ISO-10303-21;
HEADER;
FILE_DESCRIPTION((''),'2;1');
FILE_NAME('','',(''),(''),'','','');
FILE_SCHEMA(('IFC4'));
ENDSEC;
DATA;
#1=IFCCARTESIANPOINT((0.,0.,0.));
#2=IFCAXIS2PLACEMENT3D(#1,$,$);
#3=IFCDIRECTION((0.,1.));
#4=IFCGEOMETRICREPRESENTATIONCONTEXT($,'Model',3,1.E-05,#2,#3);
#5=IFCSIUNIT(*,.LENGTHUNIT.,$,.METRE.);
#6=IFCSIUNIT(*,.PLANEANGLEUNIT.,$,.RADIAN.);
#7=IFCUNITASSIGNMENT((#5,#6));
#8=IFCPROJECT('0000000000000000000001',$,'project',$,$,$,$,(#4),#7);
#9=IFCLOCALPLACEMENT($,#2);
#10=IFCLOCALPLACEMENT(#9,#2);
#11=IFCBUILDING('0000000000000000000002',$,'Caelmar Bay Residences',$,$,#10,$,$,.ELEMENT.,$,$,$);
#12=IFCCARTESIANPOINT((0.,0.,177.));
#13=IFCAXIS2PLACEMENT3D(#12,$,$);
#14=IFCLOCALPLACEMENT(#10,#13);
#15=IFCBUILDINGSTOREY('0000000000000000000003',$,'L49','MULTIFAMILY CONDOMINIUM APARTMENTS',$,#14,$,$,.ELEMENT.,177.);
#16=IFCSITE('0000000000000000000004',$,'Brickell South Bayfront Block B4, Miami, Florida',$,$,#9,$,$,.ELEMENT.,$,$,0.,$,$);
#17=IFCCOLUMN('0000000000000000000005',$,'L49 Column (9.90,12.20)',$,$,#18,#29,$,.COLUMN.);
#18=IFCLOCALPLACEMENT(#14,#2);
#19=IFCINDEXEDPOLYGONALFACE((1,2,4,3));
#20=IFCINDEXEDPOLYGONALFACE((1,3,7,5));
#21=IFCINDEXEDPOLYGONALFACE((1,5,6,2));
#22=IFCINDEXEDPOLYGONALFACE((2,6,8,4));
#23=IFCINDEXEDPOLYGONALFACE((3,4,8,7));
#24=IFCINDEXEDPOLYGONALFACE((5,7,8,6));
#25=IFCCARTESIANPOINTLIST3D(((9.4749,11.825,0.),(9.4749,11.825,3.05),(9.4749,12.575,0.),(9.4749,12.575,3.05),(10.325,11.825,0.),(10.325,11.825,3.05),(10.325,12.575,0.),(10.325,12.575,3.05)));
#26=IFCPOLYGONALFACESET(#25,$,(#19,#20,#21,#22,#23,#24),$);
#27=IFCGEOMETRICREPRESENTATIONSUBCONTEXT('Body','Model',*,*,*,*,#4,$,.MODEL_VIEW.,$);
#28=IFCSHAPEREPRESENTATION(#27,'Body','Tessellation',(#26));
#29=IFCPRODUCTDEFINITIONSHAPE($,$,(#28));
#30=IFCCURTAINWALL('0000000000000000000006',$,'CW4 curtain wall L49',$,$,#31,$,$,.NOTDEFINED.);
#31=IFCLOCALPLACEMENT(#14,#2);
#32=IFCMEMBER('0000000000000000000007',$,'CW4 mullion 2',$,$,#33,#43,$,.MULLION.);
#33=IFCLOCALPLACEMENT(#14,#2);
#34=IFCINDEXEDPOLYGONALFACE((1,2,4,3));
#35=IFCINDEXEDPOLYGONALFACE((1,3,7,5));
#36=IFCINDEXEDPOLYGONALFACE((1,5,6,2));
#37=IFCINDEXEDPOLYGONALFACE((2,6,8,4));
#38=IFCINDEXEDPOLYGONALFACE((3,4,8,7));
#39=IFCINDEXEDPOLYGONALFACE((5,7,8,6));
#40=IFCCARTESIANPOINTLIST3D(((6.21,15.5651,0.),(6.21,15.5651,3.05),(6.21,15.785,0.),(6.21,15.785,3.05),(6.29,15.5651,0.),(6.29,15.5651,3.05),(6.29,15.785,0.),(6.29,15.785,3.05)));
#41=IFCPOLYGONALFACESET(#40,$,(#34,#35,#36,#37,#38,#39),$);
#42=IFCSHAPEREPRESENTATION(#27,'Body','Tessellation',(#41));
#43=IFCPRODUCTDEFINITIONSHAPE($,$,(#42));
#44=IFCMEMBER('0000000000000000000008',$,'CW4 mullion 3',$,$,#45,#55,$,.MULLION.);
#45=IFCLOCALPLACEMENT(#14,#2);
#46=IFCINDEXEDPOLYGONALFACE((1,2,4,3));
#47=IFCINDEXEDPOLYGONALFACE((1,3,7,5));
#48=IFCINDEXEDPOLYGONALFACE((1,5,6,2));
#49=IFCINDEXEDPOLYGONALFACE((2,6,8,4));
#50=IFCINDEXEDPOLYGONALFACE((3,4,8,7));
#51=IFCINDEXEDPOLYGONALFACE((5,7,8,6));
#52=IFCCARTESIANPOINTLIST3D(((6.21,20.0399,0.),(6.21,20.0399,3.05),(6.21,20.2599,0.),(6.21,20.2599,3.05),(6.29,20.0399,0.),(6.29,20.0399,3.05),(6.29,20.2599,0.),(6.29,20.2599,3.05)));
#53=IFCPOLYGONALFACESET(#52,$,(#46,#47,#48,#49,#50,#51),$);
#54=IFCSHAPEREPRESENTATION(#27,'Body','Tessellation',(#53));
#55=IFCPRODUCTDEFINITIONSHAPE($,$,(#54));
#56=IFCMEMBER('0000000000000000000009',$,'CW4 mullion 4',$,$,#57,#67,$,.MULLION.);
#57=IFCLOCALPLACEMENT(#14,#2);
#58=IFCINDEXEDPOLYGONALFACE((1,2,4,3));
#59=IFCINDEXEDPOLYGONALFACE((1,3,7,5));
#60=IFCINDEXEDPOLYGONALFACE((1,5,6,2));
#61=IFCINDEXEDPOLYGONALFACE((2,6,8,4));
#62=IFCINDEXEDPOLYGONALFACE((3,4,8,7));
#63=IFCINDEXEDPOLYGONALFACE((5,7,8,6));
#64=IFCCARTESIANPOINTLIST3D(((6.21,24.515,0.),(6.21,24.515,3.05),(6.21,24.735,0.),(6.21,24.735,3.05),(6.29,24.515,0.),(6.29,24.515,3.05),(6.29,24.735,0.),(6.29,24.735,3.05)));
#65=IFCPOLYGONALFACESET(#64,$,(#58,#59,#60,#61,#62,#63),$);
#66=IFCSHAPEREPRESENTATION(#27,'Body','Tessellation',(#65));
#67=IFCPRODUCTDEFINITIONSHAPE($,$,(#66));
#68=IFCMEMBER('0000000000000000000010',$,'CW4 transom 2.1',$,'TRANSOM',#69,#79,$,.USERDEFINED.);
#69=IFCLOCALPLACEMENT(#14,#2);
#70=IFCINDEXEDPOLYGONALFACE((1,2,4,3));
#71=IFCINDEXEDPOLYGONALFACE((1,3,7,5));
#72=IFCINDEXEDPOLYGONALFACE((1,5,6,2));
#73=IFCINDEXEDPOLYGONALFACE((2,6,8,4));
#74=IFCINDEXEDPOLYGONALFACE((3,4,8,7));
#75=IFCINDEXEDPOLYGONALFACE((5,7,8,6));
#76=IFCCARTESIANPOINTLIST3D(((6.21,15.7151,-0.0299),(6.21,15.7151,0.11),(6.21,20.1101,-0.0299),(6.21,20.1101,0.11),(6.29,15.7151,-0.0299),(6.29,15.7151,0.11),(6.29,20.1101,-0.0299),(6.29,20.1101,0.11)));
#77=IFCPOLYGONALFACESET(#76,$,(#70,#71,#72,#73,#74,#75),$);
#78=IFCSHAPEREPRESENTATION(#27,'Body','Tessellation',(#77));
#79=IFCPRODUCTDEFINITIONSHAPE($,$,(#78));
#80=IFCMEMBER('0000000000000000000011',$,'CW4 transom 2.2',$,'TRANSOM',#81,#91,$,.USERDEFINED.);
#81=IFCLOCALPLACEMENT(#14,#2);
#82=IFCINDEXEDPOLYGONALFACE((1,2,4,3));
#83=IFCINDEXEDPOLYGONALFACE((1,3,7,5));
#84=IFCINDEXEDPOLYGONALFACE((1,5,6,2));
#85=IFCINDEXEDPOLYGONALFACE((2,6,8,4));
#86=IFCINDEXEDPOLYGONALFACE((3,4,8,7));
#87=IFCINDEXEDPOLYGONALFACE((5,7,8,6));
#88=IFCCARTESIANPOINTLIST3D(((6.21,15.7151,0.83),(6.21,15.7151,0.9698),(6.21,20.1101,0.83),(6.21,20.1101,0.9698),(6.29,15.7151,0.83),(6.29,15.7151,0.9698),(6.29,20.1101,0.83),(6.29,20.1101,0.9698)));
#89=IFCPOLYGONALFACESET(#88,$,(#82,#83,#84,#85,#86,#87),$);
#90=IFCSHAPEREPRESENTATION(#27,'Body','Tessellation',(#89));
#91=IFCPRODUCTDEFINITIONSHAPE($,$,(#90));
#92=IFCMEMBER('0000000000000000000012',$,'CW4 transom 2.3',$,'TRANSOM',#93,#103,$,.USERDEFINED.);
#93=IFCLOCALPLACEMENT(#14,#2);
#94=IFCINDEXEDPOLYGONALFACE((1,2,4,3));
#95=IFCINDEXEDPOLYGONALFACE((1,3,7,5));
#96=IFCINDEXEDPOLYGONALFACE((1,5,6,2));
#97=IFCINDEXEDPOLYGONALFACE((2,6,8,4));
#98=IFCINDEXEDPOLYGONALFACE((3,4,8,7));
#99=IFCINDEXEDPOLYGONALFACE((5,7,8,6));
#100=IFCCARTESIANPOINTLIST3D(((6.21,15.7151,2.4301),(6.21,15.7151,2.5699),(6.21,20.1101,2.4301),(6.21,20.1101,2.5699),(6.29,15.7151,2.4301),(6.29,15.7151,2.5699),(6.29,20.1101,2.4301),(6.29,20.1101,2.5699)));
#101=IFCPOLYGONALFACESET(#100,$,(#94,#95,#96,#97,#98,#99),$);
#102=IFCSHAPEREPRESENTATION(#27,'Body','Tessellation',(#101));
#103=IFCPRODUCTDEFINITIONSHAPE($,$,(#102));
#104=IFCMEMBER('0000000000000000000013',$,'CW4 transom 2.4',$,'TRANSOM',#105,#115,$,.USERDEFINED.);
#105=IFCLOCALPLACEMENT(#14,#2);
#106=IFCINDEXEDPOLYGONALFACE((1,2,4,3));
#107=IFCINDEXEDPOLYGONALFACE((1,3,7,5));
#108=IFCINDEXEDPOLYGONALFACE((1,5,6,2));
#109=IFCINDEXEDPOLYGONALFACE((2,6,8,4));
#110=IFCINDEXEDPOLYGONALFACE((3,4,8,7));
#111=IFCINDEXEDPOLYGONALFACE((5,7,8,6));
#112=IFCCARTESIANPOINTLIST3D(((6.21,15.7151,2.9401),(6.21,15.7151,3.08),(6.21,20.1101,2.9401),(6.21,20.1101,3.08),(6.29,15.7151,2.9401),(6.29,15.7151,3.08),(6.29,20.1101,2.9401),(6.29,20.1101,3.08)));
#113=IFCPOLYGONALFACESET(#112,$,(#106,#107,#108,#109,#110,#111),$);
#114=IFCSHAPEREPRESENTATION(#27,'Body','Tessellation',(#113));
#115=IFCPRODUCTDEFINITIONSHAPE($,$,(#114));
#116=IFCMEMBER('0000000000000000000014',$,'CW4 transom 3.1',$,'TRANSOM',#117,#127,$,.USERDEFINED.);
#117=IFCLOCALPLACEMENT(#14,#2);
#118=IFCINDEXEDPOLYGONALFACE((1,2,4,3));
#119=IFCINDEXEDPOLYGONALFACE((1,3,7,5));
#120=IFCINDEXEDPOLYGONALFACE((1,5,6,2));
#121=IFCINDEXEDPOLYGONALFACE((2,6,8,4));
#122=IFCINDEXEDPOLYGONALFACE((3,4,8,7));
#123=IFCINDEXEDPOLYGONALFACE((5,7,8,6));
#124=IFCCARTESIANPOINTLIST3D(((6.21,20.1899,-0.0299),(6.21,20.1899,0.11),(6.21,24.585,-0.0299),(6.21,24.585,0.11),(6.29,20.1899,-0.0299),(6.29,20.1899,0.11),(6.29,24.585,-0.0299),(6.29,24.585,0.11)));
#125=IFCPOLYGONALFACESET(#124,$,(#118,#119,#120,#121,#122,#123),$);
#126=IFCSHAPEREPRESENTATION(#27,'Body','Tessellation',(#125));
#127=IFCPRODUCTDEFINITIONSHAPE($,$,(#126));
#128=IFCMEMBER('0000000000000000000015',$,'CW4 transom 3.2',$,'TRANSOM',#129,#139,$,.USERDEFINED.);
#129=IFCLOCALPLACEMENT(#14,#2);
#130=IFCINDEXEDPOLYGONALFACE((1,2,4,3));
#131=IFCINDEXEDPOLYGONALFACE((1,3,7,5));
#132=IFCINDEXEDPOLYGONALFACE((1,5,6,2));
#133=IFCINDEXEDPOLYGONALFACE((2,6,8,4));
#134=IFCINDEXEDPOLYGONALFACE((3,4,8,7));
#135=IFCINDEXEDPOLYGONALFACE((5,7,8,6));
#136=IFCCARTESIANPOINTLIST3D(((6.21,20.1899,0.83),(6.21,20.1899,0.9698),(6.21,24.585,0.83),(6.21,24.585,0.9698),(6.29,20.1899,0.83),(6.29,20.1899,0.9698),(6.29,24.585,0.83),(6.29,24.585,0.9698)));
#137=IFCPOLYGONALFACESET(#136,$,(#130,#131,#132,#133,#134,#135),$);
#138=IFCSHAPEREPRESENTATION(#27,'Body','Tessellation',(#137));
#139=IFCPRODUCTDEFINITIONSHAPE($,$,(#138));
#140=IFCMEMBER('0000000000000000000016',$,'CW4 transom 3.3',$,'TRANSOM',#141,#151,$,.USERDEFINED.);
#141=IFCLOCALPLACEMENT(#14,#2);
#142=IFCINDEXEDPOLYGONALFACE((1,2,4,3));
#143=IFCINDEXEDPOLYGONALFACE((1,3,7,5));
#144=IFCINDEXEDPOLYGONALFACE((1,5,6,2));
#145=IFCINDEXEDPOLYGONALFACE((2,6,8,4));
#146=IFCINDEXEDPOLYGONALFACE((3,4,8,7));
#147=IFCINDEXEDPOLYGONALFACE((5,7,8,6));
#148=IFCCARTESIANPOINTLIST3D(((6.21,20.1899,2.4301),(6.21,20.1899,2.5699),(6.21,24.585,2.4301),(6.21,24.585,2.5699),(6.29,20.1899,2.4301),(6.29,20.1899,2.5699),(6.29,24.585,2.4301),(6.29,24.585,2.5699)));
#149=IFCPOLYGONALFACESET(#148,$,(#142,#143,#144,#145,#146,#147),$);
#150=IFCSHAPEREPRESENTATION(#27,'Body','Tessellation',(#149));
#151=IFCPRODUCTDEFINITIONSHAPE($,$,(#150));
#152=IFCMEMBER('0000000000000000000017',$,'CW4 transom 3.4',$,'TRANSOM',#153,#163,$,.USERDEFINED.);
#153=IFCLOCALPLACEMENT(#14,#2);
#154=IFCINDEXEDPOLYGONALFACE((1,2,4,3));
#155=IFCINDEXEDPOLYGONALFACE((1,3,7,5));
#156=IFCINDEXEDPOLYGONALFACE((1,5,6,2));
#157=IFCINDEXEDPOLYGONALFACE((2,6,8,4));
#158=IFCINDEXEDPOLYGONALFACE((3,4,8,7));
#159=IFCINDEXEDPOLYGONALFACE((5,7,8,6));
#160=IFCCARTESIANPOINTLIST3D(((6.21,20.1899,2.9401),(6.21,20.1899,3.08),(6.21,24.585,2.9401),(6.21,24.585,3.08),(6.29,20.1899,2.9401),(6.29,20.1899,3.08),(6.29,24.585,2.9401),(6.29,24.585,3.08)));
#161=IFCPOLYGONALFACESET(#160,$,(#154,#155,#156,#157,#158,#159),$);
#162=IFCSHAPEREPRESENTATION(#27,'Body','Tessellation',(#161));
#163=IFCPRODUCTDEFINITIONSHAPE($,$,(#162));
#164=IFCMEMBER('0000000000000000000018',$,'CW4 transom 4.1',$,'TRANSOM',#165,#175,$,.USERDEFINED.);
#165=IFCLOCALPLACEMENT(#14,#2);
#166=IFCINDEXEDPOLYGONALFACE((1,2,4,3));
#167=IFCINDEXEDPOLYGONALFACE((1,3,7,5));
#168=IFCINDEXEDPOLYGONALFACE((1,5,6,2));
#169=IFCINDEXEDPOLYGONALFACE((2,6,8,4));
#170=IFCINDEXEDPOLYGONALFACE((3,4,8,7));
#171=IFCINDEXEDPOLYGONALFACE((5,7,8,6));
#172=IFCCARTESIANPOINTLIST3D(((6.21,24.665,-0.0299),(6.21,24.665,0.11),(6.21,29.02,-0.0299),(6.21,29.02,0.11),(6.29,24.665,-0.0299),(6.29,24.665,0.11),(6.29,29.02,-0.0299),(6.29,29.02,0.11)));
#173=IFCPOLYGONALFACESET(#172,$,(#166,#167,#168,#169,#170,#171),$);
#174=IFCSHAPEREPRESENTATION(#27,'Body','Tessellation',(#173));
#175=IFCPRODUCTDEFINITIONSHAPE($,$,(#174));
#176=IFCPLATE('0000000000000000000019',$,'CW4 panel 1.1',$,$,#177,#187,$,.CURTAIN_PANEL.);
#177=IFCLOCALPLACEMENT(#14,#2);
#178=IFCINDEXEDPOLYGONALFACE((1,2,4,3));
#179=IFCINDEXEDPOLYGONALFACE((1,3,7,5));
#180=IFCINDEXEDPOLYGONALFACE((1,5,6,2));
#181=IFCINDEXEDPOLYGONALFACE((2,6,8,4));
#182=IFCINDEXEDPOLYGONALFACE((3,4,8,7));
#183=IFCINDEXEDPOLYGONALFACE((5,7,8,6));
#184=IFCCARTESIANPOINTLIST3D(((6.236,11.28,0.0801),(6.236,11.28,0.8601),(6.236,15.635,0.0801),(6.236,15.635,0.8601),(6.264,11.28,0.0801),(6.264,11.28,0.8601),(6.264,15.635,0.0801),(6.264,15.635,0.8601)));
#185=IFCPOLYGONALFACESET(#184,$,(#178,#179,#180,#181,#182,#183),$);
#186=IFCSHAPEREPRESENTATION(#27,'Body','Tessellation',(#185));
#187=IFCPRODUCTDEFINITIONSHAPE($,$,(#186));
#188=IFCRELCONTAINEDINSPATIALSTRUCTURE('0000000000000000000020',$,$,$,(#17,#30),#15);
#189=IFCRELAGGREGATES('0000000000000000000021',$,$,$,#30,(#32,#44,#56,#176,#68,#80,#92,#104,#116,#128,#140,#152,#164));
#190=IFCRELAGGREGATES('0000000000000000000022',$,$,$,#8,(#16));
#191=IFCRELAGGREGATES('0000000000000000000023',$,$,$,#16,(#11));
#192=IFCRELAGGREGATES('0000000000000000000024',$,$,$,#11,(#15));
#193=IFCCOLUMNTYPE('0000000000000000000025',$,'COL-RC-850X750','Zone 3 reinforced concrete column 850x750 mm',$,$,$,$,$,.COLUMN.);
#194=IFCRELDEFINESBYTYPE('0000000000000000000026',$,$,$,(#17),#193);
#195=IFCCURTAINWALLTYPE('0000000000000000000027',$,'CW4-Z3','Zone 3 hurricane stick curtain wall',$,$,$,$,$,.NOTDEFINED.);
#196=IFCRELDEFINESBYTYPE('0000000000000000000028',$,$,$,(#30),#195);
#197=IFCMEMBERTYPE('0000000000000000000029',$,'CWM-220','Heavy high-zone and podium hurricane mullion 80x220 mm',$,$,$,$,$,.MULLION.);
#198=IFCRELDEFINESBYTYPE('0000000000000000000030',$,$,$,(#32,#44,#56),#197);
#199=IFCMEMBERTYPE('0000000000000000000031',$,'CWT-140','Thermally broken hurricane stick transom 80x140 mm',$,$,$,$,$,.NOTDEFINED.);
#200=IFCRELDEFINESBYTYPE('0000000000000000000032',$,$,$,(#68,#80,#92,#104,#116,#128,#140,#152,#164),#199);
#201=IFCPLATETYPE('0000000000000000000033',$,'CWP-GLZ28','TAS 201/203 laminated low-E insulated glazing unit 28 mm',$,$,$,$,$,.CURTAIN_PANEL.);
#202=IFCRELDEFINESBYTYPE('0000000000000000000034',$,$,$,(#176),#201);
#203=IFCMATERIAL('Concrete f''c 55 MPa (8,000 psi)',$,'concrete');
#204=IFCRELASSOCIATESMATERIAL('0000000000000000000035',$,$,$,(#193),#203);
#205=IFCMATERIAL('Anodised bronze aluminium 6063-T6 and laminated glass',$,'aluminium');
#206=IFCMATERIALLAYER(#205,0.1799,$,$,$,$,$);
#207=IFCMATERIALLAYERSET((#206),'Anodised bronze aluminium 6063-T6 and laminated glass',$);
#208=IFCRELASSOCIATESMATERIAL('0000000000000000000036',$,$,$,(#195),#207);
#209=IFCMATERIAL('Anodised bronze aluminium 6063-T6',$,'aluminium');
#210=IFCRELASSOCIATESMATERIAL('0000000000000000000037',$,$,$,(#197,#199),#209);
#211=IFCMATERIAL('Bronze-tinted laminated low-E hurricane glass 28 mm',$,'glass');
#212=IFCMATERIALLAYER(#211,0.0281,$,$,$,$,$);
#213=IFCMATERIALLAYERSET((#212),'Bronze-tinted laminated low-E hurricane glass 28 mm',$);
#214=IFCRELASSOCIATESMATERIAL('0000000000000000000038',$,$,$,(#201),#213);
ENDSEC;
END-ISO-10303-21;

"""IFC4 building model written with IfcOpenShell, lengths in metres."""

from ifc_helpers import new_model, si_unit, direction, frame, origin, origin_2d, place, context, subcontext, project, spatial, rectangle, extrude, material, layer, layer_set, material_profile, profile_set, type_object, element, aggregate, save


model = new_model("IFC4")

# Units and contexts
model_context = context("Model", 3, precision=1e-05, world=origin(), true_north=direction((0.0, 1.0)))
body_context = subcontext(model_context, "Body", "Model", "MODEL_VIEW")
ifc_project = project(units=[si_unit("LENGTHUNIT", "METRE"), si_unit("PLANEANGLEUNIT", "RADIAN")], contexts=[model_context])

# Site, building, storey
site_placement = place(None, origin())
site = spatial("IfcSite", under=ifc_project, at=site_placement, Name="Brickell South Bayfront Block B4, Miami, Florida", CompositionType="ELEMENT", RefElevation=0.0)
building_placement = place(site_placement, origin())
building = spatial("IfcBuilding", under=site, at=building_placement, Name="Caelmar Bay Residences", CompositionType="ELEMENT")
storey_placement = place(building_placement, frame((0.0, 0.0, 177.0)))
storey = spatial("IfcBuildingStorey", under=building, at=storey_placement, Name="L49", Description="MULTIFAMILY CONDOMINIUM APARTMENTS", CompositionType="ELEMENT", Elevation=177.0)

# Column
ifc_material_1 = material(Name="Concrete f'c 55 MPa (8,000 psi)", Category="concrete")
ifc_material_profile_1 = material_profile(ifc_material_1, rectangle(XDim=0.8501, YDim=0.75, at=origin_2d()), Name="RC-COL-850X750")
ifc_profile_set_1 = profile_set([ifc_material_profile_1], Name="Concrete f'c 55 MPa (8,000 psi)")
column_type = type_object("IfcColumnType", Name="COL-RC-850X750", Description="Zone 3 reinforced concrete column 850x750 mm", PredefinedType="COLUMN", material=ifc_profile_set_1)
column_placement = place(storey_placement, frame((9.8999, 12.2, 0.0), z_axis=(0.0, 0.0, 1.0), x_axis=(1.0, 0.0, 0.0)))
element("IfcColumn", 1, at=column_placement, inside=storey, type_object=column_type, Name="L49 Column (9.90,12.20)", PredefinedType="COLUMN", context=body_context, shape_type="SweptSolid", body=[
    extrude(rectangle(XDim=0.8501, YDim=0.75, at=origin_2d()), origin(), (0.0, 0.0, 1.0), 3.05),
])

# Curtain wall, members, plate
ifc_material_2 = material(Name="Anodised bronze aluminium 6063-T6 and laminated glass", Category="aluminium")
ifc_layer_1 = layer(ifc_material_2, 0.1799)
ifc_layer_set_1 = layer_set([ifc_layer_1], Name="Anodised bronze aluminium 6063-T6 and laminated glass")
curtain_wall_type = type_object("IfcCurtainWallType", Name="CW4-Z3", Description="Zone 3 hurricane stick curtain wall", PredefinedType="NOTDEFINED", material=ifc_layer_set_1)
curtain_wall_placement = place(storey_placement, origin())
curtain_wall = element("IfcCurtainWall", 2, at=curtain_wall_placement, inside=storey, type_object=curtain_wall_type, Name="CW4 curtain wall L49", PredefinedType="NOTDEFINED")
ifc_material_3 = material(Name="Anodised bronze aluminium 6063-T6", Category="aluminium")
ifc_material_profile_2 = material_profile(ifc_material_3, rectangle(XDim=0.0801, YDim=0.22, at=origin_2d()), Name="CWM-80X220")
ifc_profile_set_2 = profile_set([ifc_material_profile_2], Name="Anodised bronze aluminium 6063-T6")
member_type_1 = type_object("IfcMemberType", Name="CWM-220", Description="Heavy high-zone and podium hurricane mullion 80x220 mm", PredefinedType="MULLION", material=ifc_profile_set_2)
member_1_placement = place(storey_placement, frame((6.25, 15.675, 0.0), z_axis=(0.0, 0.0, 1.0), x_axis=(-1.0, 0.0, 0.0)))
member_1 = element("IfcMember", 3, at=member_1_placement, type_object=member_type_1, Name="CW4 mullion 2", PredefinedType="MULLION", context=body_context, shape_type="SweptSolid", body=[
    extrude(rectangle(XDim=0.0801, YDim=0.22, at=origin_2d()), origin(), (0.0, 0.0, 1.0), 3.05),
])
member_2_placement = place(storey_placement, frame((6.25, 20.1499, 0.0), z_axis=(0.0, 0.0, 1.0), x_axis=(-1.0, 0.0, 0.0)))
member_2 = element("IfcMember", 4, at=member_2_placement, type_object=member_type_1, Name="CW4 mullion 3", PredefinedType="MULLION", context=body_context, shape_type="SweptSolid", body=[
    extrude(rectangle(XDim=0.0801, YDim=0.22, at=origin_2d()), origin(), (0.0, 0.0, 1.0), 3.05),
])
member_3_placement = place(storey_placement, frame((6.25, 24.625, 0.0), z_axis=(0.0, 0.0, 1.0), x_axis=(-1.0, 0.0, 0.0)))
member_3 = element("IfcMember", 5, at=member_3_placement, type_object=member_type_1, Name="CW4 mullion 4", PredefinedType="MULLION", context=body_context, shape_type="SweptSolid", body=[
    extrude(rectangle(XDim=0.0801, YDim=0.22, at=origin_2d()), origin(), (0.0, 0.0, 1.0), 3.05),
])
ifc_material_profile_3 = material_profile(ifc_material_3, rectangle(XDim=0.0801, YDim=0.1399, at=origin_2d()), Name="CWT-80X140")
ifc_profile_set_3 = profile_set([ifc_material_profile_3], Name="Anodised bronze aluminium 6063-T6")
member_type_2 = type_object("IfcMemberType", Name="CWT-140", Description="Thermally broken hurricane stick transom 80x140 mm", PredefinedType="NOTDEFINED", material=ifc_profile_set_3)
member_4_placement = place(storey_placement, frame((6.25, 15.7151, 0.04), z_axis=(0.0, 1.0, 0.0), x_axis=(-1.0, 0.0, 0.0)))
member_4 = element("IfcMember", 6, at=member_4_placement, type_object=member_type_2, Name="CW4 transom 2.1", ObjectType="TRANSOM", PredefinedType="USERDEFINED", context=body_context, shape_type="SweptSolid", body=[
    extrude(rectangle(XDim=0.0801, YDim=0.1399, at=origin_2d()), origin(), (0.0, 0.0, 1.0), 4.395),
])
member_5_placement = place(storey_placement, frame((6.25, 15.7151, 0.8999), z_axis=(0.0, 1.0, 0.0), x_axis=(-1.0, 0.0, 0.0)))
member_5 = element("IfcMember", 7, at=member_5_placement, type_object=member_type_2, Name="CW4 transom 2.2", ObjectType="TRANSOM", PredefinedType="USERDEFINED", context=body_context, shape_type="SweptSolid", body=[
    extrude(rectangle(XDim=0.0801, YDim=0.1399, at=origin_2d()), origin(), (0.0, 0.0, 1.0), 4.395),
])
member_6_placement = place(storey_placement, frame((6.25, 15.7151, 2.5), z_axis=(0.0, 1.0, 0.0), x_axis=(-1.0, 0.0, 0.0)))
member_6 = element("IfcMember", 8, at=member_6_placement, type_object=member_type_2, Name="CW4 transom 2.3", ObjectType="TRANSOM", PredefinedType="USERDEFINED", context=body_context, shape_type="SweptSolid", body=[
    extrude(rectangle(XDim=0.0801, YDim=0.1399, at=origin_2d()), origin(), (0.0, 0.0, 1.0), 4.395),
])
member_7_placement = place(storey_placement, frame((6.25, 15.7151, 3.01), z_axis=(0.0, 1.0, 0.0), x_axis=(-1.0, 0.0, 0.0)))
member_7 = element("IfcMember", 9, at=member_7_placement, type_object=member_type_2, Name="CW4 transom 2.4", ObjectType="TRANSOM", PredefinedType="USERDEFINED", context=body_context, shape_type="SweptSolid", body=[
    extrude(rectangle(XDim=0.0801, YDim=0.1399, at=origin_2d()), origin(), (0.0, 0.0, 1.0), 4.395),
])
member_8_placement = place(storey_placement, frame((6.25, 20.1899, 0.04), z_axis=(0.0, 1.0, 0.0), x_axis=(-1.0, 0.0, 0.0)))
member_8 = element("IfcMember", 10, at=member_8_placement, type_object=member_type_2, Name="CW4 transom 3.1", ObjectType="TRANSOM", PredefinedType="USERDEFINED", context=body_context, shape_type="SweptSolid", body=[
    extrude(rectangle(XDim=0.0801, YDim=0.1399, at=origin_2d()), origin(), (0.0, 0.0, 1.0), 4.395),
])
member_9_placement = place(storey_placement, frame((6.25, 20.1899, 0.8999), z_axis=(0.0, 1.0, 0.0), x_axis=(-1.0, 0.0, 0.0)))
member_9 = element("IfcMember", 11, at=member_9_placement, type_object=member_type_2, Name="CW4 transom 3.2", ObjectType="TRANSOM", PredefinedType="USERDEFINED", context=body_context, shape_type="SweptSolid", body=[
    extrude(rectangle(XDim=0.0801, YDim=0.1399, at=origin_2d()), origin(), (0.0, 0.0, 1.0), 4.395),
])
member_10_placement = place(storey_placement, frame((6.25, 20.1899, 2.5), z_axis=(0.0, 1.0, 0.0), x_axis=(-1.0, 0.0, 0.0)))
member_10 = element("IfcMember", 12, at=member_10_placement, type_object=member_type_2, Name="CW4 transom 3.3", ObjectType="TRANSOM", PredefinedType="USERDEFINED", context=body_context, shape_type="SweptSolid", body=[
    extrude(rectangle(XDim=0.0801, YDim=0.1399, at=origin_2d()), origin(), (0.0, 0.0, 1.0), 4.395),
])
member_11_placement = place(storey_placement, frame((6.25, 20.1899, 3.01), z_axis=(0.0, 1.0, 0.0), x_axis=(-1.0, 0.0, 0.0)))
member_11 = element("IfcMember", 13, at=member_11_placement, type_object=member_type_2, Name="CW4 transom 3.4", ObjectType="TRANSOM", PredefinedType="USERDEFINED", context=body_context, shape_type="SweptSolid", body=[
    extrude(rectangle(XDim=0.0801, YDim=0.1399, at=origin_2d()), origin(), (0.0, 0.0, 1.0), 4.395),
])
member_12_placement = place(storey_placement, frame((6.25, 24.665, 0.04), z_axis=(0.0, 1.0, 0.0), x_axis=(-1.0, 0.0, 0.0)))
member_12 = element("IfcMember", 14, at=member_12_placement, type_object=member_type_2, Name="CW4 transom 4.1", ObjectType="TRANSOM", PredefinedType="USERDEFINED", context=body_context, shape_type="SweptSolid", body=[
    extrude(rectangle(XDim=0.0801, YDim=0.1399, at=origin_2d()), origin(), (0.0, 0.0, 1.0), 4.355),
])
ifc_material_4 = material(Name="Bronze-tinted laminated low-E hurricane glass 28 mm", Category="glass")
ifc_layer_2 = layer(ifc_material_4, 0.0281)
ifc_layer_set_2 = layer_set([ifc_layer_2], Name="Bronze-tinted laminated low-E hurricane glass 28 mm")
plate_type = type_object("IfcPlateType", Name="CWP-GLZ28", Description="TAS 201/203 laminated low-E insulated glazing unit 28 mm", PredefinedType="CURTAIN_PANEL", material=ifc_layer_set_2)
plate_1_placement = place(storey_placement, frame((6.25, 13.4575, 0.0801), z_axis=(0.0, 0.0, 1.0), x_axis=(0.0, 1.0, 0.0)))
plate_1 = element("IfcPlate", 15, at=plate_1_placement, type_object=plate_type, Name="CW4 panel 1.1", PredefinedType="CURTAIN_PANEL", context=body_context, shape_type="SweptSolid", body=[
    extrude(rectangle(XDim=4.355, YDim=0.0281, at=origin_2d()), origin(), (0.0, 0.0, 1.0), 0.78),
])
aggregate(curtain_wall, [member_1, member_2, member_3, plate_1, member_4, member_5, member_6, member_7, member_8, member_9, member_10, member_11, member_12])

save(model, "model.ifc")
